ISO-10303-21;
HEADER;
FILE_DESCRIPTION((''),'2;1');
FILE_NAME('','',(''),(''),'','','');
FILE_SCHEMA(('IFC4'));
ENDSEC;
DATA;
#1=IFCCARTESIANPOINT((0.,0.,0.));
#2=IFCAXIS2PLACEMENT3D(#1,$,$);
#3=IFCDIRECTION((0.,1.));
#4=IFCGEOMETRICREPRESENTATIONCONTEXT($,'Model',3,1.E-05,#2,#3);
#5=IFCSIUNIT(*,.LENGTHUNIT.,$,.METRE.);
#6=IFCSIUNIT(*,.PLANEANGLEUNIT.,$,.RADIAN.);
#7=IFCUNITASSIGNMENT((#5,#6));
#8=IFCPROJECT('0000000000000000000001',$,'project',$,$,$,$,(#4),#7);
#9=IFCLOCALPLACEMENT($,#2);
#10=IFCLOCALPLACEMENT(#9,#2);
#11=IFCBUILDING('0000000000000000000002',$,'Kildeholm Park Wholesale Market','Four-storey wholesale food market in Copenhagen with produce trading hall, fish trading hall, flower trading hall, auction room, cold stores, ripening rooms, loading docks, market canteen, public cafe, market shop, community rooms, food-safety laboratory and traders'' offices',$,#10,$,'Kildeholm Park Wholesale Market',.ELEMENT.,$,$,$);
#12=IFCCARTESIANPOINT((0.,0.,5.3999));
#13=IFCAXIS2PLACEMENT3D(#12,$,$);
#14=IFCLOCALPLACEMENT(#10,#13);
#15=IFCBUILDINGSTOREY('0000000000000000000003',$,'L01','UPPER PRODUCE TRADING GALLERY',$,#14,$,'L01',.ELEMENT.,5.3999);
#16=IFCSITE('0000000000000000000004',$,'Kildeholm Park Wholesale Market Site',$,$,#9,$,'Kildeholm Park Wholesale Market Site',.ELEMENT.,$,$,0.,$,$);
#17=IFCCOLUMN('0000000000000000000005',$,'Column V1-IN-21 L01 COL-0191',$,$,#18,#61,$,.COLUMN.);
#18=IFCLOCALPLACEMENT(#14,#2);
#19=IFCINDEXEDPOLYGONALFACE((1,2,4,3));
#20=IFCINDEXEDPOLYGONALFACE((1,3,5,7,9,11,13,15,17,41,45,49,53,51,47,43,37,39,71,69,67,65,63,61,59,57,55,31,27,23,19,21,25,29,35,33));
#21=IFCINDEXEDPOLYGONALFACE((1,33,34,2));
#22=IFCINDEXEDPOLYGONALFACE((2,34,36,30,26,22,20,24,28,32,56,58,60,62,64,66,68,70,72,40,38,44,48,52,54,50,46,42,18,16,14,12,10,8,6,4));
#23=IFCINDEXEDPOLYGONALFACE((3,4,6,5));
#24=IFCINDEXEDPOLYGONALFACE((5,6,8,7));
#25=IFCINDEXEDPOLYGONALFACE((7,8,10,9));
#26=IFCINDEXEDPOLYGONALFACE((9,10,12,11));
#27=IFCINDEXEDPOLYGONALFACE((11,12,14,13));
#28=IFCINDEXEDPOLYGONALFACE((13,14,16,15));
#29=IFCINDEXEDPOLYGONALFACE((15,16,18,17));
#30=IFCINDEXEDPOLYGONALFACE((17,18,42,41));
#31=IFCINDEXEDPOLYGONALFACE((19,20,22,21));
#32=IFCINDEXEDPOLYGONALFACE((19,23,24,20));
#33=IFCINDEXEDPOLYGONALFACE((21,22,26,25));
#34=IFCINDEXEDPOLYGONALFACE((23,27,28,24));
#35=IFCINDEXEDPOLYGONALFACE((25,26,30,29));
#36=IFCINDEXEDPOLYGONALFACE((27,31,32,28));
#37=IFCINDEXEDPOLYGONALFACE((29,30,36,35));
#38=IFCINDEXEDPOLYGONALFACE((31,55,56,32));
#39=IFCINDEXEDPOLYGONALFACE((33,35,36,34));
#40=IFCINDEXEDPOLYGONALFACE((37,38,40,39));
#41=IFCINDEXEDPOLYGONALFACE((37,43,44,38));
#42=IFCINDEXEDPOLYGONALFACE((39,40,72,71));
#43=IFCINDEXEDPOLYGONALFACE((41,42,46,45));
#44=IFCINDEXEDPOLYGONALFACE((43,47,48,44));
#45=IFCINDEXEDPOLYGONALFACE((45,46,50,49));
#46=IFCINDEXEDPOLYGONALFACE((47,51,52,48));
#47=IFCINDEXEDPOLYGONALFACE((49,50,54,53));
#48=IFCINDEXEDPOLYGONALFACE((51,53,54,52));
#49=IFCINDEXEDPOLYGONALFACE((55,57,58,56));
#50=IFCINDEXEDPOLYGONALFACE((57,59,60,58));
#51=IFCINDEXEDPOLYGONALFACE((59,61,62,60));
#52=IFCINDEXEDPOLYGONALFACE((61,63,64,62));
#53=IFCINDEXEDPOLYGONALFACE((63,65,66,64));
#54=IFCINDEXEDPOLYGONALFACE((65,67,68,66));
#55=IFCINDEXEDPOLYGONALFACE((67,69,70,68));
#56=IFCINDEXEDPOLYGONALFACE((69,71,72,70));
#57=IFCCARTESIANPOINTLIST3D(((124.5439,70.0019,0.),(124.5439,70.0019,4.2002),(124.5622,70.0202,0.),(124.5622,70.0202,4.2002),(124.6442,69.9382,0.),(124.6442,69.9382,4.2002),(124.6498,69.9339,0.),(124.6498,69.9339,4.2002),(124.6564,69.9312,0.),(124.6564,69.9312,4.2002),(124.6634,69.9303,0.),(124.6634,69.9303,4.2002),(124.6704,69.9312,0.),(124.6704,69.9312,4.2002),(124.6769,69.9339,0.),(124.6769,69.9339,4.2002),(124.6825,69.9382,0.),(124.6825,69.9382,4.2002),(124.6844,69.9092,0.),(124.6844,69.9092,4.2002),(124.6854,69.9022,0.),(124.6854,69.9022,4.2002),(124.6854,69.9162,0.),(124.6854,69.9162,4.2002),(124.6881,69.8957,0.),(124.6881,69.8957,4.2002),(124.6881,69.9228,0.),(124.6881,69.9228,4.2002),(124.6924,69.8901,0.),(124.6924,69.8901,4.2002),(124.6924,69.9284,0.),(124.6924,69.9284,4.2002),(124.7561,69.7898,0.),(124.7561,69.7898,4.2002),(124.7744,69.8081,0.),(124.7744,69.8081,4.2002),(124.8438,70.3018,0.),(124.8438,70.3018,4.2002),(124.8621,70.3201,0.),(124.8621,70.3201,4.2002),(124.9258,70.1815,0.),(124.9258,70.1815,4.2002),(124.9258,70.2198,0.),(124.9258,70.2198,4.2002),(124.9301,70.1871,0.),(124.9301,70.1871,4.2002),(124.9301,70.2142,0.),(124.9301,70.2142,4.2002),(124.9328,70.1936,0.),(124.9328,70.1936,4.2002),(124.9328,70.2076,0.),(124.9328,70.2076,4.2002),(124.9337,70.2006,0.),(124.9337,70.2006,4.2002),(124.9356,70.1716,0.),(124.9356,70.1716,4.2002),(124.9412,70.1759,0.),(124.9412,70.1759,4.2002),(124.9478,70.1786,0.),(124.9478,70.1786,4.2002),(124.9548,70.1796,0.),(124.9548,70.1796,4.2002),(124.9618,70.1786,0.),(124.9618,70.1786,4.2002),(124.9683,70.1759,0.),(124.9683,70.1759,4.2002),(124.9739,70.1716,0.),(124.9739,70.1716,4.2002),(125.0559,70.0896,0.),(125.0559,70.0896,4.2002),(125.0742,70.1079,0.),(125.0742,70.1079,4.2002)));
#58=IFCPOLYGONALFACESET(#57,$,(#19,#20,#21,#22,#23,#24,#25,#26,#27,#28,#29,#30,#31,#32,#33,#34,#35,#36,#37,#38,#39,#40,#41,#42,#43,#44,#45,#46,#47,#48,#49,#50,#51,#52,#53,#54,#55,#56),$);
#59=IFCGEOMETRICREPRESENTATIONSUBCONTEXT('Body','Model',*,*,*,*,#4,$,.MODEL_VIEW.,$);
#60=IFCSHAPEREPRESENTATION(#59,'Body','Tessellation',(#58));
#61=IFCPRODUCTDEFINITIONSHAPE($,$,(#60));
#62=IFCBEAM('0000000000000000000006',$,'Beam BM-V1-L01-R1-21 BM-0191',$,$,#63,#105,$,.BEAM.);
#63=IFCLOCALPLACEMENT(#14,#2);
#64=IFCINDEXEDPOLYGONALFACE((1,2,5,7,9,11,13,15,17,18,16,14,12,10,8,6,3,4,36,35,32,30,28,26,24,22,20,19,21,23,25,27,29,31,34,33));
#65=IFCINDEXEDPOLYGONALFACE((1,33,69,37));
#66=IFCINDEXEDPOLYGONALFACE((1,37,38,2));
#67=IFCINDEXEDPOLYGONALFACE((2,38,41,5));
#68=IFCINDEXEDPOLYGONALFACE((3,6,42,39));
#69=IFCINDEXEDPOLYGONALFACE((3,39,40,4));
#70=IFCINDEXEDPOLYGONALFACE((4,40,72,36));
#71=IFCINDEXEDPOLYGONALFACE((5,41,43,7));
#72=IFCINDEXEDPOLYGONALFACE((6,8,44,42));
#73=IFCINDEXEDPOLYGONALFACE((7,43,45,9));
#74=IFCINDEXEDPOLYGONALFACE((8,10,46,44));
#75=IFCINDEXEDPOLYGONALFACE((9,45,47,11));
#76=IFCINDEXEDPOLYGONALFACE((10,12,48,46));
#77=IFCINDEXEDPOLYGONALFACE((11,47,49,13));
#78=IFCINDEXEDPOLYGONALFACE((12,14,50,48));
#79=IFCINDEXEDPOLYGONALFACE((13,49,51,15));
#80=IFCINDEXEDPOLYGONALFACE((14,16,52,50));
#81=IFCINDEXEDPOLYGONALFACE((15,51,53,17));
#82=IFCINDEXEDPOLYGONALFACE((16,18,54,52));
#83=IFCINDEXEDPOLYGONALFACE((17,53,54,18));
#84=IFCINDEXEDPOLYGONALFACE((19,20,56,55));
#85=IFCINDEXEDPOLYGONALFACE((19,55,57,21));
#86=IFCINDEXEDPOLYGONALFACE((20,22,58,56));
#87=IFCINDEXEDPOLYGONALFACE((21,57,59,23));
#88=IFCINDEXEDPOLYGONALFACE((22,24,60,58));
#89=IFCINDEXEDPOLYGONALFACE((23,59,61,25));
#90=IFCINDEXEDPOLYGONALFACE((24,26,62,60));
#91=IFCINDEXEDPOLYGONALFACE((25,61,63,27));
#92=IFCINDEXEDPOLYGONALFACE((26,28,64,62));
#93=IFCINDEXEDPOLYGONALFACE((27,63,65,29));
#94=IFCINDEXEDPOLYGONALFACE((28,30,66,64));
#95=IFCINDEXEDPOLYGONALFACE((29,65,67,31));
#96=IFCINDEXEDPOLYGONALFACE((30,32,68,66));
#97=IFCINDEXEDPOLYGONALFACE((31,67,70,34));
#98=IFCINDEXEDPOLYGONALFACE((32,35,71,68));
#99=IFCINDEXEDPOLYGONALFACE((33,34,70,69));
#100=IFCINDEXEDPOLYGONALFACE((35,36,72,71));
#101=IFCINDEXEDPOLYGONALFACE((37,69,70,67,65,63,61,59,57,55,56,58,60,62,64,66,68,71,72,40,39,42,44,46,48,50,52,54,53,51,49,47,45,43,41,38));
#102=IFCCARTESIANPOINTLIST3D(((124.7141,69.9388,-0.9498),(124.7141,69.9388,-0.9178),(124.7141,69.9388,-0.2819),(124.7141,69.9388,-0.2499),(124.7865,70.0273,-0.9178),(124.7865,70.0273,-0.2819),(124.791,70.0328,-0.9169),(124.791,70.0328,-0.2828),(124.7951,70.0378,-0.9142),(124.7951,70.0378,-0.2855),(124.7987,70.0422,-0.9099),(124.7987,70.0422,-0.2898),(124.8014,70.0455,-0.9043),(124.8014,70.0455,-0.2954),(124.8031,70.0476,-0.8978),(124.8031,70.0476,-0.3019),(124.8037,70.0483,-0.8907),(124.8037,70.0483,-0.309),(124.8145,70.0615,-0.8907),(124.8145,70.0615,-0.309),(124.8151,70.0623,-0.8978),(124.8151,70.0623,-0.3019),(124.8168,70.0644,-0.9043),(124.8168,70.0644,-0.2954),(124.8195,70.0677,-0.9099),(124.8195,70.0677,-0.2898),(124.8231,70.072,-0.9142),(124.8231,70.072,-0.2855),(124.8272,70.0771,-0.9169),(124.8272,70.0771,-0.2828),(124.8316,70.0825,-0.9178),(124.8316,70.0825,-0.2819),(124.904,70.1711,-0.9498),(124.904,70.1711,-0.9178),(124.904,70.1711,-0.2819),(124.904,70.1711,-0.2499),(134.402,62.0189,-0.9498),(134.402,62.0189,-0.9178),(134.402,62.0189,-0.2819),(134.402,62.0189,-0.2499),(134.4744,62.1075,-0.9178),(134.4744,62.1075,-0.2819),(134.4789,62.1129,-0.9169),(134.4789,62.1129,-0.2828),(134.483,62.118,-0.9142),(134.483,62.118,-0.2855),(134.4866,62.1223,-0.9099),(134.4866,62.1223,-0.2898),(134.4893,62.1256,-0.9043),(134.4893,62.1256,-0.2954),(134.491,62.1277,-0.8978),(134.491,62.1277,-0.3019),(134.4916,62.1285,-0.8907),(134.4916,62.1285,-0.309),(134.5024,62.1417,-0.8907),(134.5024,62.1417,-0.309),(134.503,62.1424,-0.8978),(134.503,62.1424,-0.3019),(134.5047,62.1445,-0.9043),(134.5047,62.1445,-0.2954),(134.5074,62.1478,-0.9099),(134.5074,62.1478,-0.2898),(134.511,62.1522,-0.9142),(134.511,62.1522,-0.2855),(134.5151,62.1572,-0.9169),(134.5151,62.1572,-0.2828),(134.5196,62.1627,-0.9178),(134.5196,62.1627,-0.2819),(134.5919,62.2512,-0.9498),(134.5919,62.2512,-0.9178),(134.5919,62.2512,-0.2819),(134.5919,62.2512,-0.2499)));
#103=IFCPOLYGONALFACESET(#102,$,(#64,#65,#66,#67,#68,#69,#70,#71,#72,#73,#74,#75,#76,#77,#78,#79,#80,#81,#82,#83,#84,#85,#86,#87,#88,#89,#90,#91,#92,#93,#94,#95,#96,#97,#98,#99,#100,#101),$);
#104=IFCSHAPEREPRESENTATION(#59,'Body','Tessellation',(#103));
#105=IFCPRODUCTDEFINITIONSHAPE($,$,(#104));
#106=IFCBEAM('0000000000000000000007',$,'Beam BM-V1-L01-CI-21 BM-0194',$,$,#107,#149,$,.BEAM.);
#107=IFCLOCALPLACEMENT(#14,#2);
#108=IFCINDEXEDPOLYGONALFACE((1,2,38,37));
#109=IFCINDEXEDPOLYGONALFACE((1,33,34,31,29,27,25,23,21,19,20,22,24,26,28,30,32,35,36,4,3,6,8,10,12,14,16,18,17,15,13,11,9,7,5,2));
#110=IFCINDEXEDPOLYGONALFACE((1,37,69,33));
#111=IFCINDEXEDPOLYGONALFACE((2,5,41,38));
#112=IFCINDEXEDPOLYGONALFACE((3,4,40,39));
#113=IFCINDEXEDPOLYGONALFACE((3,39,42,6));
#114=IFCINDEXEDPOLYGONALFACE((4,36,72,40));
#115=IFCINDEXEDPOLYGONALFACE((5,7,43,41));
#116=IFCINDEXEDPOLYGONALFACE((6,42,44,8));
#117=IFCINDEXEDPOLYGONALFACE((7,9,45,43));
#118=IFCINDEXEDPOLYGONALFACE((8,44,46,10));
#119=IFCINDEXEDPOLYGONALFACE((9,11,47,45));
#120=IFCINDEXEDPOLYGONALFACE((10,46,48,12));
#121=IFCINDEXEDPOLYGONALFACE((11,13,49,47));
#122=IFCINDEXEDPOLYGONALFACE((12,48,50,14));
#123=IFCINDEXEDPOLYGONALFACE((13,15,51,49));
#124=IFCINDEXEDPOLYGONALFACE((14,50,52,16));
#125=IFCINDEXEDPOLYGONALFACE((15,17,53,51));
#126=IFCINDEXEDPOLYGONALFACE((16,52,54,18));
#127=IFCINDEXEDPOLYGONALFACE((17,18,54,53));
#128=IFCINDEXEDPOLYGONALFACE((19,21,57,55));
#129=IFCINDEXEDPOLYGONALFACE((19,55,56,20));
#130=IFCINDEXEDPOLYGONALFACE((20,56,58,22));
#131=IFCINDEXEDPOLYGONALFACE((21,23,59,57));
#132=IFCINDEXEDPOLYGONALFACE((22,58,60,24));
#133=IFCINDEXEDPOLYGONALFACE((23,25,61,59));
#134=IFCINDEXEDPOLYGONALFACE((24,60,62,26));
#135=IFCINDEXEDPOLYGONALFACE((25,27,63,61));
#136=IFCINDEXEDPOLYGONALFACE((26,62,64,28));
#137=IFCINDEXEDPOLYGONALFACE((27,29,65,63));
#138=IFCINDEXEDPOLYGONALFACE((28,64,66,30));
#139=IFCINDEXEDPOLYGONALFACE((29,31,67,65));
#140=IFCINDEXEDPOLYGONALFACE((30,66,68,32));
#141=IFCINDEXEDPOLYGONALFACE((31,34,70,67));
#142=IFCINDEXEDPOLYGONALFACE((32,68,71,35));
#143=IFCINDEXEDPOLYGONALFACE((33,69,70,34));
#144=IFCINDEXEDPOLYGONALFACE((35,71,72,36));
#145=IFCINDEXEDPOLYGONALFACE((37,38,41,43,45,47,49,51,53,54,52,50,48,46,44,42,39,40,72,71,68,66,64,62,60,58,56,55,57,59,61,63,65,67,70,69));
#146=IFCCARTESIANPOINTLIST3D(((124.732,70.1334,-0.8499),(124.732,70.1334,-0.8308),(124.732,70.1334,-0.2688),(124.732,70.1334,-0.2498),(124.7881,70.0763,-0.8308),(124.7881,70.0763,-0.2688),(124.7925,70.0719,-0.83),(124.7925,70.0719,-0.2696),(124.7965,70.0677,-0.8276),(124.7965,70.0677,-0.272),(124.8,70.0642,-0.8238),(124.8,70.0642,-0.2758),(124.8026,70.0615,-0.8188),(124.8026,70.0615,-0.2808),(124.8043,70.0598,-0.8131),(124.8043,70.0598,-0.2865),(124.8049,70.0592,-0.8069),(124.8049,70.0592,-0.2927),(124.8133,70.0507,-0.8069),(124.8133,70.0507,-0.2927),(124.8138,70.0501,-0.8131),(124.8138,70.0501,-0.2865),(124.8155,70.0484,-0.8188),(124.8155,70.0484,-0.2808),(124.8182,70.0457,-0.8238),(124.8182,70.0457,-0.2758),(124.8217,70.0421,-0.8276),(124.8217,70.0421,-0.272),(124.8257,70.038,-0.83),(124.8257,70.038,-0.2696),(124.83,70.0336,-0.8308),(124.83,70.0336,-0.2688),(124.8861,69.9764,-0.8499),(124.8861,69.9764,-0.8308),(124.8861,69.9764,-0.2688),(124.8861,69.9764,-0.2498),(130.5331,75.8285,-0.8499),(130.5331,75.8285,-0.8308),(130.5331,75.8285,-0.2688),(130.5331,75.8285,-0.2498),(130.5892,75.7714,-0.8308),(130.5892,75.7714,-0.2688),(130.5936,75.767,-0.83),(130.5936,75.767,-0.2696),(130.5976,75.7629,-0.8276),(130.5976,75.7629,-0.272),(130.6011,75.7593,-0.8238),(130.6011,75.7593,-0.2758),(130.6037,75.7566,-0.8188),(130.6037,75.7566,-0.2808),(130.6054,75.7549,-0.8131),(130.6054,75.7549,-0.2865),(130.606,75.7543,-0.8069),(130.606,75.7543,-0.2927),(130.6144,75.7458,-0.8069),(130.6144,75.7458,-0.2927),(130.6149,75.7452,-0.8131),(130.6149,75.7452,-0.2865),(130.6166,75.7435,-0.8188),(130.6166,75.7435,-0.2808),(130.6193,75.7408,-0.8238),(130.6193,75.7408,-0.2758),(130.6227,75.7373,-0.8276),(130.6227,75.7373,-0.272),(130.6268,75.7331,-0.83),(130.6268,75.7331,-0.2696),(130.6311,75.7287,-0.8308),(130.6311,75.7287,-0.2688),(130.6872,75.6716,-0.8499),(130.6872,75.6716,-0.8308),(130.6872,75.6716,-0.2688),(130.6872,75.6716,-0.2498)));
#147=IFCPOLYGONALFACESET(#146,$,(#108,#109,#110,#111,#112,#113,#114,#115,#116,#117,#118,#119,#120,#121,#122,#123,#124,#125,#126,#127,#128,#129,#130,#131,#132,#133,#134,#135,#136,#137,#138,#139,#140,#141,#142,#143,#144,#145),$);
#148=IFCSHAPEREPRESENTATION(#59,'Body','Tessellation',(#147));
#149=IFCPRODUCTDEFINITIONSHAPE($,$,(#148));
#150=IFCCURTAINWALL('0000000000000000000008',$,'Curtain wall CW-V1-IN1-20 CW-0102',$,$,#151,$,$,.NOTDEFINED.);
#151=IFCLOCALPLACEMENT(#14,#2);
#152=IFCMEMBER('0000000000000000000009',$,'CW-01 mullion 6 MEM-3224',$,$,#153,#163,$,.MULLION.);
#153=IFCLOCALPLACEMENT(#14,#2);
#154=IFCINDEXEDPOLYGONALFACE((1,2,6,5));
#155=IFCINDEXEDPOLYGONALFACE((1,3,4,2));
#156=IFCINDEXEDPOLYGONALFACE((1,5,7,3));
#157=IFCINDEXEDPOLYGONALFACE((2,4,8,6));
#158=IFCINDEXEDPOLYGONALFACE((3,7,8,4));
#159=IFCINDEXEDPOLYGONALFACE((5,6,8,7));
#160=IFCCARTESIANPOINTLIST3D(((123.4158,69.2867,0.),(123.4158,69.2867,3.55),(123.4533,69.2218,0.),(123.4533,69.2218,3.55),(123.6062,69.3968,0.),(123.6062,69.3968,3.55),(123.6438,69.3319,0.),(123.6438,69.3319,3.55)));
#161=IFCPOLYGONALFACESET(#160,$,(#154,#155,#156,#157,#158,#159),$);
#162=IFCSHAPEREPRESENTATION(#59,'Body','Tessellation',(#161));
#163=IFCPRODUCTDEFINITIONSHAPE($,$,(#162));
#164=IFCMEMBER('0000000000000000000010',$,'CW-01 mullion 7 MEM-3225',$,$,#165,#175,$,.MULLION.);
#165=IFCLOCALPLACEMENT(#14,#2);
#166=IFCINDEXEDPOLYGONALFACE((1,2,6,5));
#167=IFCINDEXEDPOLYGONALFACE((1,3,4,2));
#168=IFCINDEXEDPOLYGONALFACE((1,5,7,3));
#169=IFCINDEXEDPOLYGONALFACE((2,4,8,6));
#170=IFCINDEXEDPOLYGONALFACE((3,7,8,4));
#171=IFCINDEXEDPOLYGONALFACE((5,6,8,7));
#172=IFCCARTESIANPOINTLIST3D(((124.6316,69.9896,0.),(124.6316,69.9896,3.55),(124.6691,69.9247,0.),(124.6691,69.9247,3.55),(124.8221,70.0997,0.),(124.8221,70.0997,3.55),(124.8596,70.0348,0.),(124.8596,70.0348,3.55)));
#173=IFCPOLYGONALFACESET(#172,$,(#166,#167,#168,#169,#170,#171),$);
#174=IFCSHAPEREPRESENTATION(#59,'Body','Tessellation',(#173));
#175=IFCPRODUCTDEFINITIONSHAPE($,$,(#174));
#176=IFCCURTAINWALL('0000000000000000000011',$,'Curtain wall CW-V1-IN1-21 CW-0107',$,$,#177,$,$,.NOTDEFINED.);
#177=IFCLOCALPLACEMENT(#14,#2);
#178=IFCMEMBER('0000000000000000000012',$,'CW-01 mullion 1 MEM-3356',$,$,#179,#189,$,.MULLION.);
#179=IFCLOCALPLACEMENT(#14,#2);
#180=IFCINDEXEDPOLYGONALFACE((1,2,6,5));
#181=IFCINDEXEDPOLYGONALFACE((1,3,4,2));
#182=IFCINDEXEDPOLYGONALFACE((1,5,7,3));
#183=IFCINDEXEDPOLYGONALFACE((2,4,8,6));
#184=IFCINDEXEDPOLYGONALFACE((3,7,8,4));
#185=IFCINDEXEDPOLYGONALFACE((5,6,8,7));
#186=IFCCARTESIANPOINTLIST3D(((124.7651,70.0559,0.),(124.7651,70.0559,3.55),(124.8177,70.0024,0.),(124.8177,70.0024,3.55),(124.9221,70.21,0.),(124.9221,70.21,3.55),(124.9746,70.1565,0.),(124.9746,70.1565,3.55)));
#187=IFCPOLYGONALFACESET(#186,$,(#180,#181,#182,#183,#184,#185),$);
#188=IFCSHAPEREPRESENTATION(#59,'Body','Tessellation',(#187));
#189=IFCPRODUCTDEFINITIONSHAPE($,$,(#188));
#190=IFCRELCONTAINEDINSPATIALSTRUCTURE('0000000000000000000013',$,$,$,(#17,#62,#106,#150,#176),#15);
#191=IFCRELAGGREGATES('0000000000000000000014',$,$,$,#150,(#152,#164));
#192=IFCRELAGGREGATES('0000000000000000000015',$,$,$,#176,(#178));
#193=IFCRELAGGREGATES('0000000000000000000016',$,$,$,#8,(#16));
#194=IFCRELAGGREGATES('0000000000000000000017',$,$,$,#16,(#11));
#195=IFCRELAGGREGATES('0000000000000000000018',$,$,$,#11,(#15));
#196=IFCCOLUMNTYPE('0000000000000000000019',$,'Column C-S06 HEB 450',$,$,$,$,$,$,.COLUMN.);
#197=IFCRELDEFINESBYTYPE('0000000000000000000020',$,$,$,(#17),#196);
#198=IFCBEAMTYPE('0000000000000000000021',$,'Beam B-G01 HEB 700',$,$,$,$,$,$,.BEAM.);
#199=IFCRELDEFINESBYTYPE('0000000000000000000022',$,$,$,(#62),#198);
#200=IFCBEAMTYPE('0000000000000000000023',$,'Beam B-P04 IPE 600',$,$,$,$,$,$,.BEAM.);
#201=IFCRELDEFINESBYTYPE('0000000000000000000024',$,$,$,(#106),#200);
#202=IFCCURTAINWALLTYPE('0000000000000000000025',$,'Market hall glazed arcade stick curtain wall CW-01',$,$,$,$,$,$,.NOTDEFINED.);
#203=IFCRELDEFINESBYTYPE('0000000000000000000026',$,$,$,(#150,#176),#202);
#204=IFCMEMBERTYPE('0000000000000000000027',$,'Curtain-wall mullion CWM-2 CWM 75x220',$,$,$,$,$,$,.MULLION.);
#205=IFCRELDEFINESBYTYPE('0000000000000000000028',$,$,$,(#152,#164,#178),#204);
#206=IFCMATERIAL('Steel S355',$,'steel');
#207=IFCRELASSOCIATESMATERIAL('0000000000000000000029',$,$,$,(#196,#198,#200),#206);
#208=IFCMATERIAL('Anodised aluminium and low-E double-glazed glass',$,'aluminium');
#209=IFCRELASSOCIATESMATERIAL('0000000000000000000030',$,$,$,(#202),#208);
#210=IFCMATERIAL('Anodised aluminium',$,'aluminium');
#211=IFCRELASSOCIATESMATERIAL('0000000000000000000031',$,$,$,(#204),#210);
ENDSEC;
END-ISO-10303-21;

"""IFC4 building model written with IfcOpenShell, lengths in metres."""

from ifc_helpers import new_model, si_unit, direction, frame, origin, origin_2d, place, context, subcontext, project, spatial, rectangle, i_section, extrude, material, material_profile, profile_set, type_object, element, aggregate, save


model = new_model("IFC4")

# Units and contexts
model_context = context("Model", 3, precision=1e-05, world=origin(), true_north=direction((0.0, 1.0)))
body_context = subcontext(model_context, "Body", "Model", "MODEL_VIEW")
ifc_project = project(units=[si_unit("LENGTHUNIT", "METRE"), si_unit("PLANEANGLEUNIT", "RADIAN")], contexts=[model_context])

# Site, building, storey
site_placement = place(None, origin())
site = spatial("IfcSite", under=ifc_project, at=site_placement, Name="Kildeholm Park Wholesale Market Site", LongName="Kildeholm Park Wholesale Market Site", CompositionType="ELEMENT", RefElevation=0.0)
building_placement = place(site_placement, origin())
building = spatial("IfcBuilding", under=site, at=building_placement, Name="Kildeholm Park Wholesale Market", Description="Four-storey wholesale food market in Copenhagen with produce trading hall, fish trading hall, flower trading hall, auction room, cold stores, ripening rooms, loading docks, market canteen, public cafe, market shop, community rooms, food-safety laboratory and traders' offices", LongName="Kildeholm Park Wholesale Market", CompositionType="ELEMENT")
storey_placement = place(building_placement, frame((0.0, 0.0, 5.3999)))
storey = spatial("IfcBuildingStorey", under=building, at=storey_placement, Name="L01", Description="UPPER PRODUCE TRADING GALLERY", LongName="L01", CompositionType="ELEMENT", Elevation=5.3999)

# Column
ifc_material_1 = material(Name="Steel S355", Category="steel")
ifc_material_profile_1 = material_profile(ifc_material_1, i_section(OverallWidth=0.3, OverallDepth=0.45, WebThickness=0.0139, FlangeThickness=0.0259, FilletRadius=0.0271, at=origin_2d()), Name="HEB 450")
ifc_profile_set_1 = profile_set([ifc_material_profile_1], Name="Steel S355")
column_type = type_object("IfcColumnType", Name="Column C-S06 HEB 450", PredefinedType="COLUMN", material=ifc_profile_set_1)
column_placement = place(storey_placement, frame((124.8091, 70.0549, 0.0), z_axis=(0.0, 0.0, 1.0), x_axis=(0.707107, -0.707107, 0.0)))
element("IfcColumn", 1, at=column_placement, inside=storey, type_object=column_type, Name="Column V1-IN-21 L01 COL-0191", PredefinedType="COLUMN", context=body_context, shape_type="SweptSolid", body=[
    extrude(i_section(OverallWidth=0.3, OverallDepth=0.45, WebThickness=0.0139, FlangeThickness=0.0259, FilletRadius=0.0271, at=origin_2d()), origin(), (0.0, 0.0, 1.0), 4.2002),
])

# Beams
ifc_material_profile_2 = material_profile(ifc_material_1, i_section(OverallWidth=0.3, OverallDepth=0.7, WebThickness=0.0171, FlangeThickness=0.032, FilletRadius=0.0271, at=origin_2d()), Name="HEB 700")
ifc_profile_set_2 = profile_set([ifc_material_profile_2], Name="Steel S355")
beam_type_1 = type_object("IfcBeamType", Name="Beam B-G01 HEB 700", PredefinedType="BEAM", material=ifc_profile_set_2)
beam_1_placement = place(storey_placement, frame((124.8091, 70.0549, -0.5999), z_axis=(0.774216, -0.632921, 0.0), x_axis=(0.632921, 0.774216, 0.0)))
element("IfcBeam", 2, at=beam_1_placement, inside=storey, type_object=beam_type_1, Name="Beam BM-V1-L01-R1-21 BM-0191", PredefinedType="BEAM", context=body_context, shape_type="SweptSolid", body=[
    extrude(i_section(OverallWidth=0.3, OverallDepth=0.7, WebThickness=0.0171, FlangeThickness=0.032, FilletRadius=0.0271, at=origin_2d()), origin(), (0.0, 0.0, 1.0), 12.5132),
])
ifc_material_profile_3 = material_profile(ifc_material_1, i_section(OverallWidth=0.22, OverallDepth=0.6001, WebThickness=0.012, FlangeThickness=0.019, FilletRadius=0.0239, at=origin_2d()), Name="IPE 600")
ifc_profile_set_3 = profile_set([ifc_material_profile_3], Name="Steel S355")
beam_type_2 = type_object("IfcBeamType", Name="Beam B-P04 IPE 600", PredefinedType="BEAM", material=ifc_profile_set_3)
beam_2_placement = place(storey_placement, frame((124.8091, 70.0549, -0.5498), z_axis=(0.713594, 0.70056, 0.0), x_axis=(-0.70056, 0.713594, 0.0)))
element("IfcBeam", 3, at=beam_2_placement, inside=storey, type_object=beam_type_2, Name="Beam BM-V1-L01-CI-21 BM-0194", PredefinedType="BEAM", context=body_context, shape_type="SweptSolid", body=[
    extrude(i_section(OverallWidth=0.22, OverallDepth=0.6001, WebThickness=0.012, FlangeThickness=0.019, FilletRadius=0.0239, at=origin_2d()), origin(), (0.0, 0.0, 1.0), 8.1294),
])

# Curtain walls, members
ifc_material_2 = material(Name="Anodised aluminium and low-E double-glazed glass", Category="aluminium")
curtain_wall_type = type_object("IfcCurtainWallType", Name="Market hall glazed arcade stick curtain wall CW-01", PredefinedType="NOTDEFINED", material=ifc_material_2)
curtain_wall_1_placement = place(storey_placement, origin())
curtain_wall_1 = element("IfcCurtainWall", 4, at=curtain_wall_1_placement, inside=storey, type_object=curtain_wall_type, Name="Curtain wall CW-V1-IN1-20 CW-0102", PredefinedType="NOTDEFINED")
ifc_material_3 = material(Name="Anodised aluminium", Category="aluminium")
ifc_material_profile_4 = material_profile(ifc_material_3, rectangle(XDim=0.075, YDim=0.22, at=origin_2d()), Name="CWM 75x220")
ifc_profile_set_4 = profile_set([ifc_material_profile_4], Name="Anodised aluminium")
member_type_1 = type_object("IfcMemberType", Name="Curtain-wall mullion CWM-2 CWM 75x220", PredefinedType="MULLION", material=ifc_profile_set_4)
member_1_placement = place(storey_placement, frame((123.5298, 69.3093, 0.0), z_axis=(0.0, 0.0, 1.0), x_axis=(-0.500489, 0.865743, 0.0)))
member_1 = element("IfcMember", 5, at=member_1_placement, type_object=member_type_1, Name="CW-01 mullion 6 MEM-3224", PredefinedType="MULLION", context=body_context, shape_type="SweptSolid", body=[
    extrude(rectangle(XDim=0.075, YDim=0.22, at=origin_2d()), origin(), (0.0, 0.0, 1.0), 3.55),
])
member_2_placement = place(storey_placement, frame((124.7456, 70.0122, 0.0), z_axis=(0.0, 0.0, 1.0), x_axis=(-0.500489, 0.865743, 0.0)))
member_2 = element("IfcMember", 6, at=member_2_placement, type_object=member_type_1, Name="CW-01 mullion 7 MEM-3225", PredefinedType="MULLION", context=body_context, shape_type="SweptSolid", body=[
    extrude(rectangle(XDim=0.075, YDim=0.22, at=origin_2d()), origin(), (0.0, 0.0, 1.0), 3.55),
])
curtain_wall_2_placement = place(storey_placement, origin())
curtain_wall_2 = element("IfcCurtainWall", 7, at=curtain_wall_2_placement, inside=storey, type_object=curtain_wall_type, Name="Curtain wall CW-V1-IN1-21 CW-0107", PredefinedType="NOTDEFINED")
member_3_placement = place(storey_placement, frame((124.8699, 70.1062, 0.0), z_axis=(0.0, 0.0, 1.0), x_axis=(-0.700617, 0.713538, 0.0)))
member_3 = element("IfcMember", 8, at=member_3_placement, type_object=member_type_1, Name="CW-01 mullion 1 MEM-3356", PredefinedType="MULLION", context=body_context, shape_type="SweptSolid", body=[
    extrude(rectangle(XDim=0.075, YDim=0.22, at=origin_2d()), origin(), (0.0, 0.0, 1.0), 3.55),
])

aggregate(curtain_wall_1, [member_1, member_2])
aggregate(curtain_wall_2, [member_3])

save(model, "model.ifc")
